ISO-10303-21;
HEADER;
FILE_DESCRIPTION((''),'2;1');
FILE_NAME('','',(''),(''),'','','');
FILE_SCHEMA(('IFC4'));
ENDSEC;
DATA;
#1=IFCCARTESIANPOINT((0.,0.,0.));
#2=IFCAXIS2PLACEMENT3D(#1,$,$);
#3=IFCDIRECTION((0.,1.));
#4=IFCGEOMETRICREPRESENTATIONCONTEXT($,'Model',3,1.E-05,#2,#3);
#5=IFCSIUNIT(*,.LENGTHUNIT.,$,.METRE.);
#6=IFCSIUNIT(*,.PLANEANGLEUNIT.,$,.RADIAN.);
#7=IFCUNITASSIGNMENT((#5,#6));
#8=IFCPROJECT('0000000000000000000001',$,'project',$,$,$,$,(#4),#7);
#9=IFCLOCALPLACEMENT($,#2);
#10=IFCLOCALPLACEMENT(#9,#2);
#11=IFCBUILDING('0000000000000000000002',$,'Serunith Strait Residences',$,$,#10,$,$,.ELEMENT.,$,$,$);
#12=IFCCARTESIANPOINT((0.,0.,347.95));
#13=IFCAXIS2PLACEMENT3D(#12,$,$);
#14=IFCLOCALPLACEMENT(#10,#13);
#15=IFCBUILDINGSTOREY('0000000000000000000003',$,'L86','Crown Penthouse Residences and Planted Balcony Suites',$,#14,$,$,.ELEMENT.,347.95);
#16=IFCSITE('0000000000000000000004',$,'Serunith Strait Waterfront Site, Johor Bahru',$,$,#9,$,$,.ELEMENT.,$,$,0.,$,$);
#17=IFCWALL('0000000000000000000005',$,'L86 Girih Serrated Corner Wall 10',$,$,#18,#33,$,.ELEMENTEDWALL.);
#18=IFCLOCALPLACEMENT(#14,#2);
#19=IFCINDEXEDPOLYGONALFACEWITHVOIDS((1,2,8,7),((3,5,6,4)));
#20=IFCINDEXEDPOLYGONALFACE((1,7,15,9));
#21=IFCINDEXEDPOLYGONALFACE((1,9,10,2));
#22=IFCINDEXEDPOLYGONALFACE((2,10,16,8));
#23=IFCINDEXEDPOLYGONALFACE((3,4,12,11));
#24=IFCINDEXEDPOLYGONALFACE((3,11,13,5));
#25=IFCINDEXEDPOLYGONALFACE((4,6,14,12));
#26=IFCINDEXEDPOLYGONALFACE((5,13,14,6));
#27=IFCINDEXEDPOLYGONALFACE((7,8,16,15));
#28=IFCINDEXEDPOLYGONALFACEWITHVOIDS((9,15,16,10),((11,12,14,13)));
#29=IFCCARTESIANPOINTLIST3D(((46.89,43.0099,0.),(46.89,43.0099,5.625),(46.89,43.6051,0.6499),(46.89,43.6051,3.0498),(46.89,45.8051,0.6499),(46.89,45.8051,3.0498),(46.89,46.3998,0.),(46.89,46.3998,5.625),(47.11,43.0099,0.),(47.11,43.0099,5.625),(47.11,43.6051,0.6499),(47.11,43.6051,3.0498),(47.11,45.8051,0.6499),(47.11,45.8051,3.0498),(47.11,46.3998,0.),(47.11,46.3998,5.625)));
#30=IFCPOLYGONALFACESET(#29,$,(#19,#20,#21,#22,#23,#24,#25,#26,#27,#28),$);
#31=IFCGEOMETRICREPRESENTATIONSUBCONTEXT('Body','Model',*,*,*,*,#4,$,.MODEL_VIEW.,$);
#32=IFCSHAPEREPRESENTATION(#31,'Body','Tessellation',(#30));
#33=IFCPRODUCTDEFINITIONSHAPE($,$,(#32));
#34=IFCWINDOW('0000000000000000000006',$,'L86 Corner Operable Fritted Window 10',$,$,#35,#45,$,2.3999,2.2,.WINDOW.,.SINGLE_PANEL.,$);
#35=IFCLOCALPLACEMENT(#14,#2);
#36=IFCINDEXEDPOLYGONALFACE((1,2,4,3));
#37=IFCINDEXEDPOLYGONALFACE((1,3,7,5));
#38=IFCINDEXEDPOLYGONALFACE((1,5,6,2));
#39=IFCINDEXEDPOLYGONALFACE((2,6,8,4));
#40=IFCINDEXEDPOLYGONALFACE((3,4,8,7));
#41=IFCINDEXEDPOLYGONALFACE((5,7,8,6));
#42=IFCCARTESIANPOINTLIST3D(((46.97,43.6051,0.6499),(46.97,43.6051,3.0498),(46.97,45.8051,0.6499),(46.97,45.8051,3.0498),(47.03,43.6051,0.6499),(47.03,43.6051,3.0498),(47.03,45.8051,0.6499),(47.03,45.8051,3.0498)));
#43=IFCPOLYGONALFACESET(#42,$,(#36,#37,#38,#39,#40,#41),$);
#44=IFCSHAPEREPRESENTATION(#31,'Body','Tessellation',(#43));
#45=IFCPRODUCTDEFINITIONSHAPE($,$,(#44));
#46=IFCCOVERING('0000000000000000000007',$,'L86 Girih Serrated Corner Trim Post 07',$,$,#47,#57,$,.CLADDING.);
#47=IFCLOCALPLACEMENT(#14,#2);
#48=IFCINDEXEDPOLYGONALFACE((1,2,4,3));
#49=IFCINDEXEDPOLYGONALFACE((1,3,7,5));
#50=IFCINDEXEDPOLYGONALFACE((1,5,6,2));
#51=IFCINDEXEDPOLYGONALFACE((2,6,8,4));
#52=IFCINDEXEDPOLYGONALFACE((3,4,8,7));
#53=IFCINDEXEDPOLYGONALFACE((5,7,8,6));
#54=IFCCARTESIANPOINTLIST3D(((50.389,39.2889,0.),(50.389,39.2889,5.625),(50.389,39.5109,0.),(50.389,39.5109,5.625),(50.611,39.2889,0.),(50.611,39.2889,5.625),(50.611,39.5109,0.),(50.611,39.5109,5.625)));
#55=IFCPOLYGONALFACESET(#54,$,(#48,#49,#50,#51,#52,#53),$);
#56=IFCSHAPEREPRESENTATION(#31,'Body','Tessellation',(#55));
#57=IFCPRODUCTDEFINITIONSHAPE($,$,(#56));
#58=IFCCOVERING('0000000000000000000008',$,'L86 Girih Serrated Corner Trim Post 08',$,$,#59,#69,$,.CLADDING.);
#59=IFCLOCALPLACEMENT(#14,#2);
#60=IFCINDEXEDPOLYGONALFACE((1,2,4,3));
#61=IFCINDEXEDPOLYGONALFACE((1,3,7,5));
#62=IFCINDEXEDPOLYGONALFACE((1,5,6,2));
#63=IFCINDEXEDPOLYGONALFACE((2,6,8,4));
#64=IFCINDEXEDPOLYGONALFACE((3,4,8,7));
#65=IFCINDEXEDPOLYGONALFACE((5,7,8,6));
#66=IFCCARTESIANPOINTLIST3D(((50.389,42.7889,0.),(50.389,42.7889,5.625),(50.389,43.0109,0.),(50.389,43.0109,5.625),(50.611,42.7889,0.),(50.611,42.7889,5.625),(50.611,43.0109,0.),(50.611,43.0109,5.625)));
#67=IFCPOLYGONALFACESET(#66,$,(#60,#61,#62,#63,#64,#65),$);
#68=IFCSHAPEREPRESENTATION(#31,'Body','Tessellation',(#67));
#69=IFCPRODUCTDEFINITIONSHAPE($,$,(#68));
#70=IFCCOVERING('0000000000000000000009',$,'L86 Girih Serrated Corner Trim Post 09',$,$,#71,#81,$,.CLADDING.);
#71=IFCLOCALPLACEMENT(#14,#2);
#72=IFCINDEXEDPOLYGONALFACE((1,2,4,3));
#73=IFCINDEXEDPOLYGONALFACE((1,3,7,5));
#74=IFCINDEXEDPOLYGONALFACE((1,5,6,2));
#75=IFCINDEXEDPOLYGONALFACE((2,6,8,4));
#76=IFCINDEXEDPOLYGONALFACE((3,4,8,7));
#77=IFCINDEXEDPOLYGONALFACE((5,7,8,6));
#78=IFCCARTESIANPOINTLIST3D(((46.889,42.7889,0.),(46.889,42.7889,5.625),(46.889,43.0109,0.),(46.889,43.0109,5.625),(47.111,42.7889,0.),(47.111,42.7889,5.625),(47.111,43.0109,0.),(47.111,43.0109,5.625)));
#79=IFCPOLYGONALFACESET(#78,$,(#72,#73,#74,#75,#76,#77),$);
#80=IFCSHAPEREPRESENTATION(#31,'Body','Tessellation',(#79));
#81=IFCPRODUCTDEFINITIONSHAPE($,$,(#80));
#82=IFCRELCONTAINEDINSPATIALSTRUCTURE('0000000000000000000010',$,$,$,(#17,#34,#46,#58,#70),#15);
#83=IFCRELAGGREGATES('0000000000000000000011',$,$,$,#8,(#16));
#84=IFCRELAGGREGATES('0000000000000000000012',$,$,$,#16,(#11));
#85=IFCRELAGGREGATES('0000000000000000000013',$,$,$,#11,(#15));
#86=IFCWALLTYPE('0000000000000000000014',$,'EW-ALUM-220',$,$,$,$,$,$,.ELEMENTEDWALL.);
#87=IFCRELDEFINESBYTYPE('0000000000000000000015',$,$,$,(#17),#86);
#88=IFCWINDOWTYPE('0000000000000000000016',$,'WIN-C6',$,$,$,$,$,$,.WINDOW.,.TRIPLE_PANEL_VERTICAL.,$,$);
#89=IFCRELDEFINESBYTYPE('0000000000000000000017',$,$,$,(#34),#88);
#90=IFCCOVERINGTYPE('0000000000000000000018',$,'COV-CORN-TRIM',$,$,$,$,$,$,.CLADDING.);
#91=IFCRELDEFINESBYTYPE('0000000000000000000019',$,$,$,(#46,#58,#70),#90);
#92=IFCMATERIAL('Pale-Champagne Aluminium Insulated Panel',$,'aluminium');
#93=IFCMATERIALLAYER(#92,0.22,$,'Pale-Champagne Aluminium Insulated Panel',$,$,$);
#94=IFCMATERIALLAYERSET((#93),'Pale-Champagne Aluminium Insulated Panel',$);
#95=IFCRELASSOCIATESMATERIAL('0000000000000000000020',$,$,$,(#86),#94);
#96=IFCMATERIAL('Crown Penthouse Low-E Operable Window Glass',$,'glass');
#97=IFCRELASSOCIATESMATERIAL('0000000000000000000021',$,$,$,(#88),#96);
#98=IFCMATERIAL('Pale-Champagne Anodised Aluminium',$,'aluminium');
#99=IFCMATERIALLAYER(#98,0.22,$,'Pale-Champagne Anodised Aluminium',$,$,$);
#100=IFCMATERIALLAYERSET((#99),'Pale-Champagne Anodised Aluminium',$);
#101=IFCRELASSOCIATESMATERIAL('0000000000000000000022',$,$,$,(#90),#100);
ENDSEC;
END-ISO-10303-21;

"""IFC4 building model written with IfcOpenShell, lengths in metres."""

from ifc_helpers import new_model, si_unit, direction, frame, frame_2d, origin, origin_2d, place, context, subcontext, project, spatial, rectangle, extrude, source, transform, mapped, material, layer, layer_set, type_object, element, fill, save


model = new_model("IFC4")

# Units and contexts
model_context = context("Model", 3, precision=1e-05, world=origin(), true_north=direction((0.0, 1.0)))
body_context = subcontext(model_context, "Body", "Model", "MODEL_VIEW")
ifc_project = project(units=[si_unit("LENGTHUNIT", "METRE"), si_unit("PLANEANGLEUNIT", "RADIAN")], contexts=[model_context])

# Site, building, storey
site_placement = place(None, origin())
site = spatial("IfcSite", under=ifc_project, at=site_placement, Name="Serunith Strait Waterfront Site, Johor Bahru", CompositionType="ELEMENT", RefElevation=0.0)
building_placement = place(site_placement, origin())
building = spatial("IfcBuilding", under=site, at=building_placement, Name="Serunith Strait Residences", CompositionType="ELEMENT")
storey_placement = place(building_placement, frame((0.0, 0.0, 347.95)))
storey = spatial("IfcBuildingStorey", under=building, at=storey_placement, Name="L86", Description="Crown Penthouse Residences and Planted Balcony Suites", CompositionType="ELEMENT", Elevation=347.95)

# Wall, opening, window
ifc_material_1 = material(Name="Pale-Champagne Aluminium Insulated Panel", Category="aluminium")
ifc_layer_1 = layer(ifc_material_1, 0.22, Name="Pale-Champagne Aluminium Insulated Panel")
ifc_layer_set_1 = layer_set([ifc_layer_1], Name="Pale-Champagne Aluminium Insulated Panel")
wall_type = type_object("IfcWallType", Name="EW-ALUM-220", PredefinedType="ELEMENTEDWALL", material=ifc_layer_set_1)
ifc_material_2 = material(Name="Crown Penthouse Low-E Operable Window Glass", Category="glass")
window_type = type_object("IfcWindowType", Name="WIN-C6", PartitioningType="TRIPLE_PANEL_VERTICAL", PredefinedType="WINDOW", material=ifc_material_2)
shared_shape_1 = source(origin(), body_context, "Body", "SweptSolid", [
    extrude(rectangle(XDim=2.2, YDim=2.3999, at=frame_2d((1.1001, 1.2))), frame((0.0, 0.03, 0.0), z_axis=(0.0, -1.0, 0.0), x_axis=(1.0, 0.0, 0.0)), (0.0, 0.0, 1.0), 0.0601),
])
wall_1_placement = place(storey_placement, frame((47.0, 43.01, 0.0), z_axis=(0.0, 0.0, 1.0), x_axis=(0.0, 1.0, 0.0)))
wall_1 = element("IfcWall", 1, at=wall_1_placement, inside=storey, type_object=wall_type, Name="L86 Girih Serrated Corner Wall 10", PredefinedType="ELEMENTEDWALL", context=body_context, shape_type="SweptSolid", body=[
    extrude(rectangle(XDim=3.3899, YDim=0.22, at=frame_2d((1.6948, 0.0))), origin(), (0.0, 0.0, 1.0), 5.625),
])
opening_1_placement = place(wall_1_placement, frame((0.595, 0.0, 0.6499)))
opening_1 = element("IfcOpeningElement", 2, at=opening_1_placement, cuts=wall_1, PredefinedType="OPENING", context=body_context, shape_type="SweptSolid", body=[
    extrude(rectangle(XDim=2.2, YDim=2.3999, at=frame_2d((1.1001, 1.2))), frame((0.0, 0.1201, 0.0), z_axis=(0.0, -1.0, 0.0), x_axis=(1.0, 0.0, 0.0)), (0.0, 0.0, 1.0), 0.24),
])
window_1_placement = place(opening_1_placement, origin())
window_1 = element("IfcWindow", 3, at=window_1_placement, inside=storey, type_object=window_type, Name="L86 Corner Operable Fritted Window 10", OverallHeight=2.3999, OverallWidth=2.2, PartitioningType="SINGLE_PANEL", PredefinedType="WINDOW", context=body_context, shape_type="MappedRepresentation", body=[
    mapped(shared_shape_1, transform((0.0, 0.0, 0.0), scale=1.0)),
])
fill(opening_1, window_1)

# Coverings
ifc_material_3 = material(Name="Pale-Champagne Anodised Aluminium", Category="aluminium")
ifc_layer_2 = layer(ifc_material_3, 0.22, Name="Pale-Champagne Anodised Aluminium")
ifc_layer_set_2 = layer_set([ifc_layer_2], Name="Pale-Champagne Anodised Aluminium")
covering_type = type_object("IfcCoveringType", Name="COV-CORN-TRIM", PredefinedType="CLADDING", material=ifc_layer_set_2)
shared_shape_2 = source(origin(), body_context, "Body", "SweptSolid", [
    extrude(rectangle(XDim=0.2219, YDim=0.2219, at=origin_2d()), origin(), (0.0, 0.0, 1.0), 5.625),
])
for number, where, z_axis, x_axis, name in (
    (4, (50.5, 39.3999, 0.0), (0.0, 0.0, 1.0), (1.0, 0.0, 0.0), "L86 Girih Serrated Corner Trim Post 07"),
    (5, (50.5, 42.8999, 0.0), (0.0, 0.0, 1.0), (1.0, 0.0, 0.0), "L86 Girih Serrated Corner Trim Post 08"),
    (6, (47.0, 42.8999, 0.0), (0.0, 0.0, 1.0), (1.0, 0.0, 0.0), "L86 Girih Serrated Corner Trim Post 09"),
):
    element("IfcCovering", number, at=place(storey_placement, frame(where, z_axis=z_axis, x_axis=x_axis)), inside=storey, type_object=covering_type, Name=name, PredefinedType="CLADDING", context=body_context, shape_type="MappedRepresentation", body=[
        mapped(shared_shape_2, transform((0.0, 0.0, 0.0), scale=1.0)),
    ])

save(model, "model.ifc")
